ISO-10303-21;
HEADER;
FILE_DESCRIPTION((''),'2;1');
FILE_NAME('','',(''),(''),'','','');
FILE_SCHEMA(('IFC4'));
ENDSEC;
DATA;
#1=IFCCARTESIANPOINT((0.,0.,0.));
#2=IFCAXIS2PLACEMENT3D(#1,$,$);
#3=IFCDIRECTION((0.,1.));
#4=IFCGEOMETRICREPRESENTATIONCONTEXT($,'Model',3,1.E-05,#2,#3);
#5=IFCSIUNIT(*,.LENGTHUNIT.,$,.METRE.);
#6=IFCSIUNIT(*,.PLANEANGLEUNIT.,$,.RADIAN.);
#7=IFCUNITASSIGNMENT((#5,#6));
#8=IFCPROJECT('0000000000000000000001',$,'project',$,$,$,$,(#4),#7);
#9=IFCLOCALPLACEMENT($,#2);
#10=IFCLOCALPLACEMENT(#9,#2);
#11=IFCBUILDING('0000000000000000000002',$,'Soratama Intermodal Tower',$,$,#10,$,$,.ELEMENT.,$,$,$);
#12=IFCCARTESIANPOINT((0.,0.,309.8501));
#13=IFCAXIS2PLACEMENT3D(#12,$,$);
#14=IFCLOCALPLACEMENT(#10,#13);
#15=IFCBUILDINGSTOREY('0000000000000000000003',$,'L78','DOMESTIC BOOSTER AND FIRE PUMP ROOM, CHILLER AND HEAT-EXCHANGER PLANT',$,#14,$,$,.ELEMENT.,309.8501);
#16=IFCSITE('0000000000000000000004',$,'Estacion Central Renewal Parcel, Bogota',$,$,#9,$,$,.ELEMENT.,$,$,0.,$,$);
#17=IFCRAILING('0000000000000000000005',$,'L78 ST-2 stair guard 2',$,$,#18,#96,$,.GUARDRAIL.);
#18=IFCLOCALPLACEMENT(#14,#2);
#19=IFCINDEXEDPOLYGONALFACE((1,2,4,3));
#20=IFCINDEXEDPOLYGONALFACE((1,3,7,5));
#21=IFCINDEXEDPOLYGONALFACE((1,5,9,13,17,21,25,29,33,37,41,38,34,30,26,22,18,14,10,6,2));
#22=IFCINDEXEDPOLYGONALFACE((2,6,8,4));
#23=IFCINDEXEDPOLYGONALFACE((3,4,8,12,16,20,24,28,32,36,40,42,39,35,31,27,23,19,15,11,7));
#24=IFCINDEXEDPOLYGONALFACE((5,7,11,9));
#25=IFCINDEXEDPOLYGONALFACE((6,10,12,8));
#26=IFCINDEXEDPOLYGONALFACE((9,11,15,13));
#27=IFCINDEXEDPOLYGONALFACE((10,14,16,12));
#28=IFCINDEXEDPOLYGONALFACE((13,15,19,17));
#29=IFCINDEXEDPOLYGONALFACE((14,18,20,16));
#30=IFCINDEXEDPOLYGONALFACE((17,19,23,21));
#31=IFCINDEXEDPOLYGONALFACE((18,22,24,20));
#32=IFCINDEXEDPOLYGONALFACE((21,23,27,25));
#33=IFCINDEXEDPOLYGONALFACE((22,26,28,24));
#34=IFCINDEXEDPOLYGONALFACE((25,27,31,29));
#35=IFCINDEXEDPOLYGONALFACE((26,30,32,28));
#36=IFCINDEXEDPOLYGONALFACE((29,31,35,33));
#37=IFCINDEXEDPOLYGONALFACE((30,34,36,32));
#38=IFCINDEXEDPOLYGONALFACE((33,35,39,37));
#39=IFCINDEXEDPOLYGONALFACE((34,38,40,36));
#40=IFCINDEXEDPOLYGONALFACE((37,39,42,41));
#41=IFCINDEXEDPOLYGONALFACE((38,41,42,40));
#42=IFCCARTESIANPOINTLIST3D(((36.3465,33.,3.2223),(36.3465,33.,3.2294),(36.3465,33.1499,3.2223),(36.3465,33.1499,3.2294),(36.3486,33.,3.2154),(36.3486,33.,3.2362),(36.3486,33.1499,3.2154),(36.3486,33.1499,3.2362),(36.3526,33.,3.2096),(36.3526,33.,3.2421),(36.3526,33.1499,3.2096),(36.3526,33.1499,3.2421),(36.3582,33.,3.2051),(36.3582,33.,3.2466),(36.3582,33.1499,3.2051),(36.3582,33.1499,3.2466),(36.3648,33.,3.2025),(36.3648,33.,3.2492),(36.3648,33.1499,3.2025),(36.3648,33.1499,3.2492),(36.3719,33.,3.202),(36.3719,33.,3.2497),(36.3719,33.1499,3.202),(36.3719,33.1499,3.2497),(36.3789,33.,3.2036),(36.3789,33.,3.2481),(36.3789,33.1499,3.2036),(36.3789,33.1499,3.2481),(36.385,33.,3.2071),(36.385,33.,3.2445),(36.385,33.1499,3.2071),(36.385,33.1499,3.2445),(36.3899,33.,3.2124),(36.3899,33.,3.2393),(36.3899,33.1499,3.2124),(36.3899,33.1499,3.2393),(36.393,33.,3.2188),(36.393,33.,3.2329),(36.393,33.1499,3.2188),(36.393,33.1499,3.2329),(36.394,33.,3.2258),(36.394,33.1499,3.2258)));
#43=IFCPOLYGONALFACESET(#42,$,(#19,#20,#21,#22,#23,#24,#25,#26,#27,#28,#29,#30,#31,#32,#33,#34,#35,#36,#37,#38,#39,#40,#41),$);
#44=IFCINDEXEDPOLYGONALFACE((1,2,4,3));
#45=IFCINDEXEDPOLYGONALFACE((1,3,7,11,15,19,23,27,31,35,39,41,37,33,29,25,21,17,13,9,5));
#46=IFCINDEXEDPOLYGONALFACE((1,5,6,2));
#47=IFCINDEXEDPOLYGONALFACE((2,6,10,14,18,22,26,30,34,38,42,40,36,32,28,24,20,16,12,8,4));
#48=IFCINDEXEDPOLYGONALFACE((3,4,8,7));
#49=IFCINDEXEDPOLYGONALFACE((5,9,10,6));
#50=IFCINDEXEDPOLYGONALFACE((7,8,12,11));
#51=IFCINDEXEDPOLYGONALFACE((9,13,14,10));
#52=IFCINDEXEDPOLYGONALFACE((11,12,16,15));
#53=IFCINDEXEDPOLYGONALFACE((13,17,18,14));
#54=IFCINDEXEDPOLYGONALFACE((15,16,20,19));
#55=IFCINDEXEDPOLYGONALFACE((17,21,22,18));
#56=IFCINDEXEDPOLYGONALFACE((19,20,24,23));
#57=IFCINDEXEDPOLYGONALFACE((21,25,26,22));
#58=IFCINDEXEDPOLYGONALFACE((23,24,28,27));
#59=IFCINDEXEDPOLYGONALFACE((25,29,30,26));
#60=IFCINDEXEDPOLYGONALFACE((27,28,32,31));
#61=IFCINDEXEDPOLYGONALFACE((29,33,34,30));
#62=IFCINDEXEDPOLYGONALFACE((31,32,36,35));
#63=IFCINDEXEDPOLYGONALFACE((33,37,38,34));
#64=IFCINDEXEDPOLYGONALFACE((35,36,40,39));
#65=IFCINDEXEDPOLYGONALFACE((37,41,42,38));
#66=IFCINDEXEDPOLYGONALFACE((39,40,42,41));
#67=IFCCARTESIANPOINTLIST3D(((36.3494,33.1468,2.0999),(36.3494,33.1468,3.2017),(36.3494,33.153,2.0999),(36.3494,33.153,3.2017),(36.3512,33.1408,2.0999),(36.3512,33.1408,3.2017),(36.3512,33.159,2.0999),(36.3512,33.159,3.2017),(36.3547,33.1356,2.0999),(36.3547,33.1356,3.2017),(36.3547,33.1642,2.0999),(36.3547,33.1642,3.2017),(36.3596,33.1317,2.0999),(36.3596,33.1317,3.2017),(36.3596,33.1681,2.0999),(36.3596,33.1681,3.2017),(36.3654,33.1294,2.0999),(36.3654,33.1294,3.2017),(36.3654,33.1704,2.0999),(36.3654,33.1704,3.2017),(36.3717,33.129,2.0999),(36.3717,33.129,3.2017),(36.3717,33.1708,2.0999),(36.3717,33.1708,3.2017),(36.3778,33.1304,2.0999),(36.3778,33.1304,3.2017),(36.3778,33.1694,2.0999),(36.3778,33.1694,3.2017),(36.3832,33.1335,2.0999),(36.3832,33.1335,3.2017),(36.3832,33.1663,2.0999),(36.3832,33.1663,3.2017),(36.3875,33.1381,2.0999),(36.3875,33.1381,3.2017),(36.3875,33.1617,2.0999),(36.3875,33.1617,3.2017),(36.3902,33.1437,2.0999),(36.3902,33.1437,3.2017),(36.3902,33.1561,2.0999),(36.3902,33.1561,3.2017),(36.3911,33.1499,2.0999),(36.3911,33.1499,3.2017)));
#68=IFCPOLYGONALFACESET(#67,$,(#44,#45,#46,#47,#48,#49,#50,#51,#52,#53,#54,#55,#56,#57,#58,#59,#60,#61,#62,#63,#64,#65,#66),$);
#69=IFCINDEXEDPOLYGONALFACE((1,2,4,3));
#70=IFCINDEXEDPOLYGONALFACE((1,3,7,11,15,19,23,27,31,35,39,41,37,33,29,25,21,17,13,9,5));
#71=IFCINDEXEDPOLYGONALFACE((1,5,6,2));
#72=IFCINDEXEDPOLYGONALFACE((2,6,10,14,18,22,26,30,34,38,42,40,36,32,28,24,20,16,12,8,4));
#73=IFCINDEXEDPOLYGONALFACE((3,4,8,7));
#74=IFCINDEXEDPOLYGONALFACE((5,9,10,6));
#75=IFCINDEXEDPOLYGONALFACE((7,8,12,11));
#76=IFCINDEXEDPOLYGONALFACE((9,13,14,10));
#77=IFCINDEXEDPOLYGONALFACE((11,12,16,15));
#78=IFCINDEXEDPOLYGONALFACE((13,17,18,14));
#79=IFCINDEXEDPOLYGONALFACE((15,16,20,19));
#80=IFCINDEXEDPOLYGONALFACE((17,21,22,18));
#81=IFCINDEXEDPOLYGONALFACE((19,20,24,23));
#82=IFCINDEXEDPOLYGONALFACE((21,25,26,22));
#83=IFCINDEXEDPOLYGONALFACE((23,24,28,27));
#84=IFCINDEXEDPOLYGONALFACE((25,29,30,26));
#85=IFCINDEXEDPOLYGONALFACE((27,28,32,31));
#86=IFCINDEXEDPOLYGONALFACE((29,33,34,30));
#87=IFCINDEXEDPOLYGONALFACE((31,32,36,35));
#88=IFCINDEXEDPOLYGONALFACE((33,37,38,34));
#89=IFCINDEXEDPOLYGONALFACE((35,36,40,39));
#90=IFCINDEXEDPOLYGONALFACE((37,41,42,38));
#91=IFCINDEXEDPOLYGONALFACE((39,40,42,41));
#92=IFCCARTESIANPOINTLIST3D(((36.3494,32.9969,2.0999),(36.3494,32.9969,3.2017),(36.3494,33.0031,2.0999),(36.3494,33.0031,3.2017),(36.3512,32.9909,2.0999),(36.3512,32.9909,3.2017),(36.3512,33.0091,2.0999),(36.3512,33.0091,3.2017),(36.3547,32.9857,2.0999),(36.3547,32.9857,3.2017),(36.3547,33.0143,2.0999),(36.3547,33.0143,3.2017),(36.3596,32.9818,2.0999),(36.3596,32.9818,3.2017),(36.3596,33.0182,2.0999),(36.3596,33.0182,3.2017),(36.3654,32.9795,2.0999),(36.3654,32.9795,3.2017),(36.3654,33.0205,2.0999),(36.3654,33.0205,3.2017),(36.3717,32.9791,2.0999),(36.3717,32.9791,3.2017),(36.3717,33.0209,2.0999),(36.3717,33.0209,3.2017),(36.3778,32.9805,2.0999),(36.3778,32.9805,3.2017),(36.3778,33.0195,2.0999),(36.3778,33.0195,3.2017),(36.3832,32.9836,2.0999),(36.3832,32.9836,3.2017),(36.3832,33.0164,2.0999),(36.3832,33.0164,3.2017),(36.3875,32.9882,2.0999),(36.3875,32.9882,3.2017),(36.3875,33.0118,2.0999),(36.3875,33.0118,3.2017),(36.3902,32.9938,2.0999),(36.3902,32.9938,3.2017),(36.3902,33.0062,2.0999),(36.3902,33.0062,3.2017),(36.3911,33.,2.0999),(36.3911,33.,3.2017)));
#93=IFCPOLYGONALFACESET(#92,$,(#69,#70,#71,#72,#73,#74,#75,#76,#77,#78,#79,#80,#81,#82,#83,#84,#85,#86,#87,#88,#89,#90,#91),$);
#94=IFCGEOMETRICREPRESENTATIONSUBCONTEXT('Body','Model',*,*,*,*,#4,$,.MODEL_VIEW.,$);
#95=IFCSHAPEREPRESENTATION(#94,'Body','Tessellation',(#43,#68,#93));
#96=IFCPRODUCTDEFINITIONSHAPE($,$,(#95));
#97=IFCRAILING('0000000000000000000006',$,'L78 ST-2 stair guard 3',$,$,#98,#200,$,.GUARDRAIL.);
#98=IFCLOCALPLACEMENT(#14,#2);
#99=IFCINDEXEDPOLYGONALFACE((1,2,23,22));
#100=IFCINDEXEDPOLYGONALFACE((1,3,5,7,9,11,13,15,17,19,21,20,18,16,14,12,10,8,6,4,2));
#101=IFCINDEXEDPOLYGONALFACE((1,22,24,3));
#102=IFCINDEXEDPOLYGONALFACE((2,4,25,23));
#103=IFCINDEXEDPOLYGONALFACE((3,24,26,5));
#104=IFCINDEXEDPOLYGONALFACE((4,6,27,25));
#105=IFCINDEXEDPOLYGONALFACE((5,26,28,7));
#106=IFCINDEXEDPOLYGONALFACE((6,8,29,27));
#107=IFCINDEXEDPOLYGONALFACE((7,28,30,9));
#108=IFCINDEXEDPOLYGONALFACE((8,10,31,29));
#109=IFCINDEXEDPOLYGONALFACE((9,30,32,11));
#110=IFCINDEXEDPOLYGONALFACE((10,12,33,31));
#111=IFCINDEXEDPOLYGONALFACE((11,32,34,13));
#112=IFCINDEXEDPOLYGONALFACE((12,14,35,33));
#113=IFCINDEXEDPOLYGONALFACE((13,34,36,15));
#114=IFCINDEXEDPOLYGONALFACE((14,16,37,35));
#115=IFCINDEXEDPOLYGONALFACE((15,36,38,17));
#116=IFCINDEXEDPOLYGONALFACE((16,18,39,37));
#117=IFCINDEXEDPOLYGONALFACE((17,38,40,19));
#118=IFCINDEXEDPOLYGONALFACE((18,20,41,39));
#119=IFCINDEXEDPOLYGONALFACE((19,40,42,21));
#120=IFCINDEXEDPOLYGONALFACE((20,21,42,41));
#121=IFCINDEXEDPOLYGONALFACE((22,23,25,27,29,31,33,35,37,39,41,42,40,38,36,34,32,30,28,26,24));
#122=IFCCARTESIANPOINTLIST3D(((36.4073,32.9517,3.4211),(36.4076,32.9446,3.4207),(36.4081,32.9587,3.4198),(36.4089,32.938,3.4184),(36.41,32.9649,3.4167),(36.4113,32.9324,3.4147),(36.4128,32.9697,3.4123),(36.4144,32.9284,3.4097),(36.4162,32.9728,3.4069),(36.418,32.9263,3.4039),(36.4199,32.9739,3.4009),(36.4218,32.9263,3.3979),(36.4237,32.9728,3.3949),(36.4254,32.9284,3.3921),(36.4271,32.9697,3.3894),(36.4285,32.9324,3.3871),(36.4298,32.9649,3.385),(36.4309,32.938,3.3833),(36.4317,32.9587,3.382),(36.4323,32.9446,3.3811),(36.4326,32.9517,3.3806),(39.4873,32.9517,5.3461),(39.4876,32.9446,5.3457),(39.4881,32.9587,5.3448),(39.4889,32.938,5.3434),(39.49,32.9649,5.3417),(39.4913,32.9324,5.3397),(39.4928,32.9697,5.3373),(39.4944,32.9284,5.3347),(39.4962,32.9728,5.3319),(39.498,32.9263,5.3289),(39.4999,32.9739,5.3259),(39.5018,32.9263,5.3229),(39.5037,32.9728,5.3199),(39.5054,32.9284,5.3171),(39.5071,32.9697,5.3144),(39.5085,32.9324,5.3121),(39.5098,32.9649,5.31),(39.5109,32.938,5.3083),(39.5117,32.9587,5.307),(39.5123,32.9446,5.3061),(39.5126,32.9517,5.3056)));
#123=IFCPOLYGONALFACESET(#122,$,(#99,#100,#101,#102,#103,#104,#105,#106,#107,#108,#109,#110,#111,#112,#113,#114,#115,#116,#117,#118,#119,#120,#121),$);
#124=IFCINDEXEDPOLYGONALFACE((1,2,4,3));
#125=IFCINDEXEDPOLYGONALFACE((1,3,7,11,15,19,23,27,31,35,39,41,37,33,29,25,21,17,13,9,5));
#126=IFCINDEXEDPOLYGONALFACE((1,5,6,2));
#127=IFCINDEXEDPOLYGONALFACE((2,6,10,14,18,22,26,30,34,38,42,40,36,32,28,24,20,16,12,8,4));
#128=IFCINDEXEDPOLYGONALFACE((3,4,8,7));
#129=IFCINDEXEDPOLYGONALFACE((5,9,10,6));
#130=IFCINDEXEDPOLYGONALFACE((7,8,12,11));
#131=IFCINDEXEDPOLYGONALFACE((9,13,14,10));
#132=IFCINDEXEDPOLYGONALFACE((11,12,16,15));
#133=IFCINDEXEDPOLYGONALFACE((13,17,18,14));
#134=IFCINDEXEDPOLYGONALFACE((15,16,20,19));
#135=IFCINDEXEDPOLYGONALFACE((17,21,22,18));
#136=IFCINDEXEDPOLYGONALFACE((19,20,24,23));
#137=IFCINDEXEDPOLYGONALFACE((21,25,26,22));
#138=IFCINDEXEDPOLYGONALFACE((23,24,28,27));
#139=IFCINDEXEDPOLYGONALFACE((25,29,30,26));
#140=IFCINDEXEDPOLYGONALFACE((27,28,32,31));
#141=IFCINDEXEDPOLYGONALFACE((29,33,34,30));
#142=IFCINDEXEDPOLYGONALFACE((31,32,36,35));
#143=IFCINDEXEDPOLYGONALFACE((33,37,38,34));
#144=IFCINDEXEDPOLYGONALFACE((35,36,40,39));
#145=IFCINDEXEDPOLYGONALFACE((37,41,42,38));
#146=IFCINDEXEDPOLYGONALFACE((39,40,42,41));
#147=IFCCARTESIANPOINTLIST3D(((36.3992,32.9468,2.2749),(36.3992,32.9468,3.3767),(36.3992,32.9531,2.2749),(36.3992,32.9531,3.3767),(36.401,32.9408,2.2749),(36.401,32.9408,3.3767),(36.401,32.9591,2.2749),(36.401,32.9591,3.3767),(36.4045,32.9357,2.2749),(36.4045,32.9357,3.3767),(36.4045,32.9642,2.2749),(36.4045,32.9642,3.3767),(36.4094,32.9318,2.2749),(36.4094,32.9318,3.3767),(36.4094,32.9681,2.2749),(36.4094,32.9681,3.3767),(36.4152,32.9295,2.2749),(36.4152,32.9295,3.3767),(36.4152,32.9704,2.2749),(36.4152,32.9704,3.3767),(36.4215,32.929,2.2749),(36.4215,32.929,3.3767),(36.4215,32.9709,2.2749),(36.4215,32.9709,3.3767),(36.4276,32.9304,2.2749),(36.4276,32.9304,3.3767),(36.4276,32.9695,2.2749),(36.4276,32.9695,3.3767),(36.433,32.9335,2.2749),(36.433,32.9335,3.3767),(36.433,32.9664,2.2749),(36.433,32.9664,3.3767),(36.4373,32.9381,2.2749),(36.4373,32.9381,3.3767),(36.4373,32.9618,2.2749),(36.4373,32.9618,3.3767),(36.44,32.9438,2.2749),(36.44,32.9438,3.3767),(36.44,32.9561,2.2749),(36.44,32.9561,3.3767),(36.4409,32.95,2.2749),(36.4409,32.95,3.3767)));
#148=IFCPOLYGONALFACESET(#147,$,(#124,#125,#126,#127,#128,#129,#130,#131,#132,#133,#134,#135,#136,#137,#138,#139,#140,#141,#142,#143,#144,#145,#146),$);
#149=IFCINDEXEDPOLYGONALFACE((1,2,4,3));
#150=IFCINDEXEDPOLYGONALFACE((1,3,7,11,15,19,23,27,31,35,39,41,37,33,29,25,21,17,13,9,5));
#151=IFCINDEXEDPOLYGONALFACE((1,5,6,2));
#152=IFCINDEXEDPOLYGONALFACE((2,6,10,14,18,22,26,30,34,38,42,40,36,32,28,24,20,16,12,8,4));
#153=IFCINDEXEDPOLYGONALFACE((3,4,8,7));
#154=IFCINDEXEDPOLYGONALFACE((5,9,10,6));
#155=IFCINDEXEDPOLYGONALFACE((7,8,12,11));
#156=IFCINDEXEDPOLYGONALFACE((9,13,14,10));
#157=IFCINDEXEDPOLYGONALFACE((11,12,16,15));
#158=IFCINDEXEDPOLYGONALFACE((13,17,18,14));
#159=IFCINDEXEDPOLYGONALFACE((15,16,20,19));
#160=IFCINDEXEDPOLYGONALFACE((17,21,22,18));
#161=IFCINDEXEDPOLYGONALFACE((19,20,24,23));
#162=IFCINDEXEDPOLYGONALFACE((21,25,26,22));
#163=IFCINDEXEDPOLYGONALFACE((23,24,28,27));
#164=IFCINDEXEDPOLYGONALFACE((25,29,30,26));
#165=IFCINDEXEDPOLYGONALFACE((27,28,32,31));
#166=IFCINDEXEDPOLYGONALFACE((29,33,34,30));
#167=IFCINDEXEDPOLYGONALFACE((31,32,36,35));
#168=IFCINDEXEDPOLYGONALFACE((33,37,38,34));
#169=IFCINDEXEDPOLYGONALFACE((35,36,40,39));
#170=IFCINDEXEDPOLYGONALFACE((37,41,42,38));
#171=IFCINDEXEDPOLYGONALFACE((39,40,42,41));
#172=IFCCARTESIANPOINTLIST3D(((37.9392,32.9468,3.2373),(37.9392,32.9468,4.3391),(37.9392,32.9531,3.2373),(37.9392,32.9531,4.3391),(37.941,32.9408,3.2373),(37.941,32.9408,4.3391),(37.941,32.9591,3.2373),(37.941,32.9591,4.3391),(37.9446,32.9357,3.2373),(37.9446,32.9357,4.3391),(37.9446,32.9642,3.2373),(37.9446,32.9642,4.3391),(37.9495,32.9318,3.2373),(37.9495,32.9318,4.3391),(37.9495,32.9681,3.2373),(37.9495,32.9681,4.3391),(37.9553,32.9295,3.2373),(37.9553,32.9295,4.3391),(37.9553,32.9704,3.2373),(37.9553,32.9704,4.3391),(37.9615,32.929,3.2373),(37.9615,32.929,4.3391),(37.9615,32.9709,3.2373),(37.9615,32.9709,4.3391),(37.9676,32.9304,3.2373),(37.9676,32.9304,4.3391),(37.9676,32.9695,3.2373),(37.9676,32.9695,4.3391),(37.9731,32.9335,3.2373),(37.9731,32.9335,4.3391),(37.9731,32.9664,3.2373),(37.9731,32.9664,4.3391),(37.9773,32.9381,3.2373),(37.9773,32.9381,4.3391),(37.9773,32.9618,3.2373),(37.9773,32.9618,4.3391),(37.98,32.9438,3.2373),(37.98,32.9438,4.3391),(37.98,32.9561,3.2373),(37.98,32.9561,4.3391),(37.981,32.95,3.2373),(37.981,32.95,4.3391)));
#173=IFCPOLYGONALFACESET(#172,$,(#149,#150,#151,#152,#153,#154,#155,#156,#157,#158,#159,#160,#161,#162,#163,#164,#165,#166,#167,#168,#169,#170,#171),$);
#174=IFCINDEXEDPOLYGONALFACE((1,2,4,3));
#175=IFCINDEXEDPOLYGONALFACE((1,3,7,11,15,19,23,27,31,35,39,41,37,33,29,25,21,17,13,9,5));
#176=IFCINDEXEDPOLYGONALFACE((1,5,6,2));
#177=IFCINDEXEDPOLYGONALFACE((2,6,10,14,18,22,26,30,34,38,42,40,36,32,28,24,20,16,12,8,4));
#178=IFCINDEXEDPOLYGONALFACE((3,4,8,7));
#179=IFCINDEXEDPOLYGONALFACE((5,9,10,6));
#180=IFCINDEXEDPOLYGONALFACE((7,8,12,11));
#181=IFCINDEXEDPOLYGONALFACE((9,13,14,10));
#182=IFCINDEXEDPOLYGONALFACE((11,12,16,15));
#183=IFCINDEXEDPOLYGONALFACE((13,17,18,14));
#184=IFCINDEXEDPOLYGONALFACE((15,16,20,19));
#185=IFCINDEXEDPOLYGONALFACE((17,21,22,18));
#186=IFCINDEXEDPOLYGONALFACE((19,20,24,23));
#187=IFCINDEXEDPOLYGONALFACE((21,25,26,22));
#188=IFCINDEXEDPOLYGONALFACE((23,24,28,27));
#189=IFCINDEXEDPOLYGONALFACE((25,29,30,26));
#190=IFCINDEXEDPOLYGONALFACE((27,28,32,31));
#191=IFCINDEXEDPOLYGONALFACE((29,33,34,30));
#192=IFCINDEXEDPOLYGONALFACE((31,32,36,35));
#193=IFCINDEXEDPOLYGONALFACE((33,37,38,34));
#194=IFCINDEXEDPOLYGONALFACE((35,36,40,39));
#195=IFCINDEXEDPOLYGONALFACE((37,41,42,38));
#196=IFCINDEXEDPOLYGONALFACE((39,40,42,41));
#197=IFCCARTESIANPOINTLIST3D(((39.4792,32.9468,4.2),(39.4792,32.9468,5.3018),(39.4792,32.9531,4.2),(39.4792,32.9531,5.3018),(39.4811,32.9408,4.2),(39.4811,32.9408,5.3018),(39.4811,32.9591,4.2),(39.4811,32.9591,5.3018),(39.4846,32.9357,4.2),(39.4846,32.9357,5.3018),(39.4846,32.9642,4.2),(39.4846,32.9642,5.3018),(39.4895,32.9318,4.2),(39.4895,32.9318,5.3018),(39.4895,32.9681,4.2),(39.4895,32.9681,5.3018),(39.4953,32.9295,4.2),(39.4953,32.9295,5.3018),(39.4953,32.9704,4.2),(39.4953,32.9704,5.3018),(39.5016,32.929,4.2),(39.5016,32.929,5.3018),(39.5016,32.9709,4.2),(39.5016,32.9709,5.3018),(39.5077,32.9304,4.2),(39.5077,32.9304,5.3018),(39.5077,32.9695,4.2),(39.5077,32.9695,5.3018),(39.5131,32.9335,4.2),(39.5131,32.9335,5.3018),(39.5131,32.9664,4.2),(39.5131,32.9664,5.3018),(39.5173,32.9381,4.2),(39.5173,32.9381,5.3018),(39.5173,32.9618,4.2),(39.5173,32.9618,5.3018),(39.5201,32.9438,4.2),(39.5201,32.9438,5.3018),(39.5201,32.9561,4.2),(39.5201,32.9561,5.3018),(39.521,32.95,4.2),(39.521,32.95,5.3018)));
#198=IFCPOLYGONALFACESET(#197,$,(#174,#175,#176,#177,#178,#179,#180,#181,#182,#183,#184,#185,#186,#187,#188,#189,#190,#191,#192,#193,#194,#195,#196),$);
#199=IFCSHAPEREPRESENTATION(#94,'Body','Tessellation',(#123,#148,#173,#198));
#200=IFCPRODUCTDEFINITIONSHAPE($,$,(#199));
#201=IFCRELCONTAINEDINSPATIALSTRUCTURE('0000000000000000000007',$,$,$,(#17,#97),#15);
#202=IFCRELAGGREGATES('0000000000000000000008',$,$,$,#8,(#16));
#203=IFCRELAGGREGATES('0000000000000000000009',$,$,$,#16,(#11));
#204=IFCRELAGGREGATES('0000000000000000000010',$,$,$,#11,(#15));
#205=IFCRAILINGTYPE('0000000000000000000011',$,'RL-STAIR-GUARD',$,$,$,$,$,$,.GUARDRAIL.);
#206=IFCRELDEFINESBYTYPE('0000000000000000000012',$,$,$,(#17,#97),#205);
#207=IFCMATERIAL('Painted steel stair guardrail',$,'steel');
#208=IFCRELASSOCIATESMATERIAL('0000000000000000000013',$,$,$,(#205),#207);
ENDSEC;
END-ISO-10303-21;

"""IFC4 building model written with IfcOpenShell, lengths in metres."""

from ifc_helpers import new_model, si_unit, direction, frame, origin, origin_2d, place, context, subcontext, project, spatial, circle, extrude, material, type_object, element, save


model = new_model("IFC4")

# Units and contexts
model_context = context("Model", 3, precision=1e-05, world=origin(), true_north=direction((0.0, 1.0)))
body_context = subcontext(model_context, "Body", "Model", "MODEL_VIEW")
ifc_project = project(units=[si_unit("LENGTHUNIT", "METRE"), si_unit("PLANEANGLEUNIT", "RADIAN")], contexts=[model_context])

# Site, building, storey
site_placement = place(None, origin())
site = spatial("IfcSite", under=ifc_project, at=site_placement, Name="Estacion Central Renewal Parcel, Bogota", CompositionType="ELEMENT", RefElevation=0.0)
building_placement = place(site_placement, origin())
building = spatial("IfcBuilding", under=site, at=building_placement, Name="Soratama Intermodal Tower", CompositionType="ELEMENT")
storey_placement = place(building_placement, frame((0.0, 0.0, 309.8501)))
storey = spatial("IfcBuildingStorey", under=building, at=storey_placement, Name="L78", Description="DOMESTIC BOOSTER AND FIRE PUMP ROOM, CHILLER AND HEAT-EXCHANGER PLANT", CompositionType="ELEMENT", Elevation=309.8501)

# Railings
ifc_material_1 = material(Name="Painted steel stair guardrail", Category="steel")
railing_type_1 = type_object("IfcRailingType", Name="RL-STAIR-GUARD", PredefinedType="GUARDRAIL", material=ifc_material_1)
railing_1_placement = place(storey_placement, frame((36.3701, 33.1499, 2.0999)))
element("IfcRailing", 1, at=railing_1_placement, inside=storey, type_object=railing_type_1, Name="L78 ST-2 stair guard 2", PredefinedType="GUARDRAIL", context=body_context, shape_type="SweptSolid", body=[
    extrude(circle(Radius=0.0239, at=origin_2d()), frame((0.0, 0.0, 1.126), z_axis=(0.0, -1.0, 0.0), x_axis=(1.0, 0.0, 0.0)), (0.0, 0.0, 1.0), 0.1499),
    extrude(circle(Radius=0.021, at=origin_2d()), origin(), (0.0, 0.0, 1.0), 1.1018),
    extrude(circle(Radius=0.021, at=origin_2d()), frame((0.0, -0.1499, 0.0)), (0.0, 0.0, 1.0), 1.1018),
])
railing_2_placement = place(storey_placement, frame((36.4199, 32.95, 2.2749)))
element("IfcRailing", 2, at=railing_2_placement, inside=storey, type_object=railing_type_1, Name="L78 ST-2 stair guard 3", PredefinedType="GUARDRAIL", context=body_context, shape_type="SweptSolid", body=[
    extrude(circle(Radius=0.0239, at=origin_2d()), frame((0.0, 0.0, 1.126), z_axis=(0.847998, 0.0, 0.529999), x_axis=(0.0, 1.0, 0.0)), (0.0, 0.0, 1.0), 3.6321),
    extrude(circle(Radius=0.021, at=origin_2d()), origin(), (0.0, 0.0, 1.0), 1.1018),
    extrude(circle(Radius=0.021, at=origin_2d()), frame((1.54, 0.0, 0.9624)), (0.0, 0.0, 1.0), 1.1018),
    extrude(circle(Radius=0.021, at=origin_2d()), frame((3.0801, 0.0, 1.925)), (0.0, 0.0, 1.0), 1.1018),
])

save(model, "model.ifc")
